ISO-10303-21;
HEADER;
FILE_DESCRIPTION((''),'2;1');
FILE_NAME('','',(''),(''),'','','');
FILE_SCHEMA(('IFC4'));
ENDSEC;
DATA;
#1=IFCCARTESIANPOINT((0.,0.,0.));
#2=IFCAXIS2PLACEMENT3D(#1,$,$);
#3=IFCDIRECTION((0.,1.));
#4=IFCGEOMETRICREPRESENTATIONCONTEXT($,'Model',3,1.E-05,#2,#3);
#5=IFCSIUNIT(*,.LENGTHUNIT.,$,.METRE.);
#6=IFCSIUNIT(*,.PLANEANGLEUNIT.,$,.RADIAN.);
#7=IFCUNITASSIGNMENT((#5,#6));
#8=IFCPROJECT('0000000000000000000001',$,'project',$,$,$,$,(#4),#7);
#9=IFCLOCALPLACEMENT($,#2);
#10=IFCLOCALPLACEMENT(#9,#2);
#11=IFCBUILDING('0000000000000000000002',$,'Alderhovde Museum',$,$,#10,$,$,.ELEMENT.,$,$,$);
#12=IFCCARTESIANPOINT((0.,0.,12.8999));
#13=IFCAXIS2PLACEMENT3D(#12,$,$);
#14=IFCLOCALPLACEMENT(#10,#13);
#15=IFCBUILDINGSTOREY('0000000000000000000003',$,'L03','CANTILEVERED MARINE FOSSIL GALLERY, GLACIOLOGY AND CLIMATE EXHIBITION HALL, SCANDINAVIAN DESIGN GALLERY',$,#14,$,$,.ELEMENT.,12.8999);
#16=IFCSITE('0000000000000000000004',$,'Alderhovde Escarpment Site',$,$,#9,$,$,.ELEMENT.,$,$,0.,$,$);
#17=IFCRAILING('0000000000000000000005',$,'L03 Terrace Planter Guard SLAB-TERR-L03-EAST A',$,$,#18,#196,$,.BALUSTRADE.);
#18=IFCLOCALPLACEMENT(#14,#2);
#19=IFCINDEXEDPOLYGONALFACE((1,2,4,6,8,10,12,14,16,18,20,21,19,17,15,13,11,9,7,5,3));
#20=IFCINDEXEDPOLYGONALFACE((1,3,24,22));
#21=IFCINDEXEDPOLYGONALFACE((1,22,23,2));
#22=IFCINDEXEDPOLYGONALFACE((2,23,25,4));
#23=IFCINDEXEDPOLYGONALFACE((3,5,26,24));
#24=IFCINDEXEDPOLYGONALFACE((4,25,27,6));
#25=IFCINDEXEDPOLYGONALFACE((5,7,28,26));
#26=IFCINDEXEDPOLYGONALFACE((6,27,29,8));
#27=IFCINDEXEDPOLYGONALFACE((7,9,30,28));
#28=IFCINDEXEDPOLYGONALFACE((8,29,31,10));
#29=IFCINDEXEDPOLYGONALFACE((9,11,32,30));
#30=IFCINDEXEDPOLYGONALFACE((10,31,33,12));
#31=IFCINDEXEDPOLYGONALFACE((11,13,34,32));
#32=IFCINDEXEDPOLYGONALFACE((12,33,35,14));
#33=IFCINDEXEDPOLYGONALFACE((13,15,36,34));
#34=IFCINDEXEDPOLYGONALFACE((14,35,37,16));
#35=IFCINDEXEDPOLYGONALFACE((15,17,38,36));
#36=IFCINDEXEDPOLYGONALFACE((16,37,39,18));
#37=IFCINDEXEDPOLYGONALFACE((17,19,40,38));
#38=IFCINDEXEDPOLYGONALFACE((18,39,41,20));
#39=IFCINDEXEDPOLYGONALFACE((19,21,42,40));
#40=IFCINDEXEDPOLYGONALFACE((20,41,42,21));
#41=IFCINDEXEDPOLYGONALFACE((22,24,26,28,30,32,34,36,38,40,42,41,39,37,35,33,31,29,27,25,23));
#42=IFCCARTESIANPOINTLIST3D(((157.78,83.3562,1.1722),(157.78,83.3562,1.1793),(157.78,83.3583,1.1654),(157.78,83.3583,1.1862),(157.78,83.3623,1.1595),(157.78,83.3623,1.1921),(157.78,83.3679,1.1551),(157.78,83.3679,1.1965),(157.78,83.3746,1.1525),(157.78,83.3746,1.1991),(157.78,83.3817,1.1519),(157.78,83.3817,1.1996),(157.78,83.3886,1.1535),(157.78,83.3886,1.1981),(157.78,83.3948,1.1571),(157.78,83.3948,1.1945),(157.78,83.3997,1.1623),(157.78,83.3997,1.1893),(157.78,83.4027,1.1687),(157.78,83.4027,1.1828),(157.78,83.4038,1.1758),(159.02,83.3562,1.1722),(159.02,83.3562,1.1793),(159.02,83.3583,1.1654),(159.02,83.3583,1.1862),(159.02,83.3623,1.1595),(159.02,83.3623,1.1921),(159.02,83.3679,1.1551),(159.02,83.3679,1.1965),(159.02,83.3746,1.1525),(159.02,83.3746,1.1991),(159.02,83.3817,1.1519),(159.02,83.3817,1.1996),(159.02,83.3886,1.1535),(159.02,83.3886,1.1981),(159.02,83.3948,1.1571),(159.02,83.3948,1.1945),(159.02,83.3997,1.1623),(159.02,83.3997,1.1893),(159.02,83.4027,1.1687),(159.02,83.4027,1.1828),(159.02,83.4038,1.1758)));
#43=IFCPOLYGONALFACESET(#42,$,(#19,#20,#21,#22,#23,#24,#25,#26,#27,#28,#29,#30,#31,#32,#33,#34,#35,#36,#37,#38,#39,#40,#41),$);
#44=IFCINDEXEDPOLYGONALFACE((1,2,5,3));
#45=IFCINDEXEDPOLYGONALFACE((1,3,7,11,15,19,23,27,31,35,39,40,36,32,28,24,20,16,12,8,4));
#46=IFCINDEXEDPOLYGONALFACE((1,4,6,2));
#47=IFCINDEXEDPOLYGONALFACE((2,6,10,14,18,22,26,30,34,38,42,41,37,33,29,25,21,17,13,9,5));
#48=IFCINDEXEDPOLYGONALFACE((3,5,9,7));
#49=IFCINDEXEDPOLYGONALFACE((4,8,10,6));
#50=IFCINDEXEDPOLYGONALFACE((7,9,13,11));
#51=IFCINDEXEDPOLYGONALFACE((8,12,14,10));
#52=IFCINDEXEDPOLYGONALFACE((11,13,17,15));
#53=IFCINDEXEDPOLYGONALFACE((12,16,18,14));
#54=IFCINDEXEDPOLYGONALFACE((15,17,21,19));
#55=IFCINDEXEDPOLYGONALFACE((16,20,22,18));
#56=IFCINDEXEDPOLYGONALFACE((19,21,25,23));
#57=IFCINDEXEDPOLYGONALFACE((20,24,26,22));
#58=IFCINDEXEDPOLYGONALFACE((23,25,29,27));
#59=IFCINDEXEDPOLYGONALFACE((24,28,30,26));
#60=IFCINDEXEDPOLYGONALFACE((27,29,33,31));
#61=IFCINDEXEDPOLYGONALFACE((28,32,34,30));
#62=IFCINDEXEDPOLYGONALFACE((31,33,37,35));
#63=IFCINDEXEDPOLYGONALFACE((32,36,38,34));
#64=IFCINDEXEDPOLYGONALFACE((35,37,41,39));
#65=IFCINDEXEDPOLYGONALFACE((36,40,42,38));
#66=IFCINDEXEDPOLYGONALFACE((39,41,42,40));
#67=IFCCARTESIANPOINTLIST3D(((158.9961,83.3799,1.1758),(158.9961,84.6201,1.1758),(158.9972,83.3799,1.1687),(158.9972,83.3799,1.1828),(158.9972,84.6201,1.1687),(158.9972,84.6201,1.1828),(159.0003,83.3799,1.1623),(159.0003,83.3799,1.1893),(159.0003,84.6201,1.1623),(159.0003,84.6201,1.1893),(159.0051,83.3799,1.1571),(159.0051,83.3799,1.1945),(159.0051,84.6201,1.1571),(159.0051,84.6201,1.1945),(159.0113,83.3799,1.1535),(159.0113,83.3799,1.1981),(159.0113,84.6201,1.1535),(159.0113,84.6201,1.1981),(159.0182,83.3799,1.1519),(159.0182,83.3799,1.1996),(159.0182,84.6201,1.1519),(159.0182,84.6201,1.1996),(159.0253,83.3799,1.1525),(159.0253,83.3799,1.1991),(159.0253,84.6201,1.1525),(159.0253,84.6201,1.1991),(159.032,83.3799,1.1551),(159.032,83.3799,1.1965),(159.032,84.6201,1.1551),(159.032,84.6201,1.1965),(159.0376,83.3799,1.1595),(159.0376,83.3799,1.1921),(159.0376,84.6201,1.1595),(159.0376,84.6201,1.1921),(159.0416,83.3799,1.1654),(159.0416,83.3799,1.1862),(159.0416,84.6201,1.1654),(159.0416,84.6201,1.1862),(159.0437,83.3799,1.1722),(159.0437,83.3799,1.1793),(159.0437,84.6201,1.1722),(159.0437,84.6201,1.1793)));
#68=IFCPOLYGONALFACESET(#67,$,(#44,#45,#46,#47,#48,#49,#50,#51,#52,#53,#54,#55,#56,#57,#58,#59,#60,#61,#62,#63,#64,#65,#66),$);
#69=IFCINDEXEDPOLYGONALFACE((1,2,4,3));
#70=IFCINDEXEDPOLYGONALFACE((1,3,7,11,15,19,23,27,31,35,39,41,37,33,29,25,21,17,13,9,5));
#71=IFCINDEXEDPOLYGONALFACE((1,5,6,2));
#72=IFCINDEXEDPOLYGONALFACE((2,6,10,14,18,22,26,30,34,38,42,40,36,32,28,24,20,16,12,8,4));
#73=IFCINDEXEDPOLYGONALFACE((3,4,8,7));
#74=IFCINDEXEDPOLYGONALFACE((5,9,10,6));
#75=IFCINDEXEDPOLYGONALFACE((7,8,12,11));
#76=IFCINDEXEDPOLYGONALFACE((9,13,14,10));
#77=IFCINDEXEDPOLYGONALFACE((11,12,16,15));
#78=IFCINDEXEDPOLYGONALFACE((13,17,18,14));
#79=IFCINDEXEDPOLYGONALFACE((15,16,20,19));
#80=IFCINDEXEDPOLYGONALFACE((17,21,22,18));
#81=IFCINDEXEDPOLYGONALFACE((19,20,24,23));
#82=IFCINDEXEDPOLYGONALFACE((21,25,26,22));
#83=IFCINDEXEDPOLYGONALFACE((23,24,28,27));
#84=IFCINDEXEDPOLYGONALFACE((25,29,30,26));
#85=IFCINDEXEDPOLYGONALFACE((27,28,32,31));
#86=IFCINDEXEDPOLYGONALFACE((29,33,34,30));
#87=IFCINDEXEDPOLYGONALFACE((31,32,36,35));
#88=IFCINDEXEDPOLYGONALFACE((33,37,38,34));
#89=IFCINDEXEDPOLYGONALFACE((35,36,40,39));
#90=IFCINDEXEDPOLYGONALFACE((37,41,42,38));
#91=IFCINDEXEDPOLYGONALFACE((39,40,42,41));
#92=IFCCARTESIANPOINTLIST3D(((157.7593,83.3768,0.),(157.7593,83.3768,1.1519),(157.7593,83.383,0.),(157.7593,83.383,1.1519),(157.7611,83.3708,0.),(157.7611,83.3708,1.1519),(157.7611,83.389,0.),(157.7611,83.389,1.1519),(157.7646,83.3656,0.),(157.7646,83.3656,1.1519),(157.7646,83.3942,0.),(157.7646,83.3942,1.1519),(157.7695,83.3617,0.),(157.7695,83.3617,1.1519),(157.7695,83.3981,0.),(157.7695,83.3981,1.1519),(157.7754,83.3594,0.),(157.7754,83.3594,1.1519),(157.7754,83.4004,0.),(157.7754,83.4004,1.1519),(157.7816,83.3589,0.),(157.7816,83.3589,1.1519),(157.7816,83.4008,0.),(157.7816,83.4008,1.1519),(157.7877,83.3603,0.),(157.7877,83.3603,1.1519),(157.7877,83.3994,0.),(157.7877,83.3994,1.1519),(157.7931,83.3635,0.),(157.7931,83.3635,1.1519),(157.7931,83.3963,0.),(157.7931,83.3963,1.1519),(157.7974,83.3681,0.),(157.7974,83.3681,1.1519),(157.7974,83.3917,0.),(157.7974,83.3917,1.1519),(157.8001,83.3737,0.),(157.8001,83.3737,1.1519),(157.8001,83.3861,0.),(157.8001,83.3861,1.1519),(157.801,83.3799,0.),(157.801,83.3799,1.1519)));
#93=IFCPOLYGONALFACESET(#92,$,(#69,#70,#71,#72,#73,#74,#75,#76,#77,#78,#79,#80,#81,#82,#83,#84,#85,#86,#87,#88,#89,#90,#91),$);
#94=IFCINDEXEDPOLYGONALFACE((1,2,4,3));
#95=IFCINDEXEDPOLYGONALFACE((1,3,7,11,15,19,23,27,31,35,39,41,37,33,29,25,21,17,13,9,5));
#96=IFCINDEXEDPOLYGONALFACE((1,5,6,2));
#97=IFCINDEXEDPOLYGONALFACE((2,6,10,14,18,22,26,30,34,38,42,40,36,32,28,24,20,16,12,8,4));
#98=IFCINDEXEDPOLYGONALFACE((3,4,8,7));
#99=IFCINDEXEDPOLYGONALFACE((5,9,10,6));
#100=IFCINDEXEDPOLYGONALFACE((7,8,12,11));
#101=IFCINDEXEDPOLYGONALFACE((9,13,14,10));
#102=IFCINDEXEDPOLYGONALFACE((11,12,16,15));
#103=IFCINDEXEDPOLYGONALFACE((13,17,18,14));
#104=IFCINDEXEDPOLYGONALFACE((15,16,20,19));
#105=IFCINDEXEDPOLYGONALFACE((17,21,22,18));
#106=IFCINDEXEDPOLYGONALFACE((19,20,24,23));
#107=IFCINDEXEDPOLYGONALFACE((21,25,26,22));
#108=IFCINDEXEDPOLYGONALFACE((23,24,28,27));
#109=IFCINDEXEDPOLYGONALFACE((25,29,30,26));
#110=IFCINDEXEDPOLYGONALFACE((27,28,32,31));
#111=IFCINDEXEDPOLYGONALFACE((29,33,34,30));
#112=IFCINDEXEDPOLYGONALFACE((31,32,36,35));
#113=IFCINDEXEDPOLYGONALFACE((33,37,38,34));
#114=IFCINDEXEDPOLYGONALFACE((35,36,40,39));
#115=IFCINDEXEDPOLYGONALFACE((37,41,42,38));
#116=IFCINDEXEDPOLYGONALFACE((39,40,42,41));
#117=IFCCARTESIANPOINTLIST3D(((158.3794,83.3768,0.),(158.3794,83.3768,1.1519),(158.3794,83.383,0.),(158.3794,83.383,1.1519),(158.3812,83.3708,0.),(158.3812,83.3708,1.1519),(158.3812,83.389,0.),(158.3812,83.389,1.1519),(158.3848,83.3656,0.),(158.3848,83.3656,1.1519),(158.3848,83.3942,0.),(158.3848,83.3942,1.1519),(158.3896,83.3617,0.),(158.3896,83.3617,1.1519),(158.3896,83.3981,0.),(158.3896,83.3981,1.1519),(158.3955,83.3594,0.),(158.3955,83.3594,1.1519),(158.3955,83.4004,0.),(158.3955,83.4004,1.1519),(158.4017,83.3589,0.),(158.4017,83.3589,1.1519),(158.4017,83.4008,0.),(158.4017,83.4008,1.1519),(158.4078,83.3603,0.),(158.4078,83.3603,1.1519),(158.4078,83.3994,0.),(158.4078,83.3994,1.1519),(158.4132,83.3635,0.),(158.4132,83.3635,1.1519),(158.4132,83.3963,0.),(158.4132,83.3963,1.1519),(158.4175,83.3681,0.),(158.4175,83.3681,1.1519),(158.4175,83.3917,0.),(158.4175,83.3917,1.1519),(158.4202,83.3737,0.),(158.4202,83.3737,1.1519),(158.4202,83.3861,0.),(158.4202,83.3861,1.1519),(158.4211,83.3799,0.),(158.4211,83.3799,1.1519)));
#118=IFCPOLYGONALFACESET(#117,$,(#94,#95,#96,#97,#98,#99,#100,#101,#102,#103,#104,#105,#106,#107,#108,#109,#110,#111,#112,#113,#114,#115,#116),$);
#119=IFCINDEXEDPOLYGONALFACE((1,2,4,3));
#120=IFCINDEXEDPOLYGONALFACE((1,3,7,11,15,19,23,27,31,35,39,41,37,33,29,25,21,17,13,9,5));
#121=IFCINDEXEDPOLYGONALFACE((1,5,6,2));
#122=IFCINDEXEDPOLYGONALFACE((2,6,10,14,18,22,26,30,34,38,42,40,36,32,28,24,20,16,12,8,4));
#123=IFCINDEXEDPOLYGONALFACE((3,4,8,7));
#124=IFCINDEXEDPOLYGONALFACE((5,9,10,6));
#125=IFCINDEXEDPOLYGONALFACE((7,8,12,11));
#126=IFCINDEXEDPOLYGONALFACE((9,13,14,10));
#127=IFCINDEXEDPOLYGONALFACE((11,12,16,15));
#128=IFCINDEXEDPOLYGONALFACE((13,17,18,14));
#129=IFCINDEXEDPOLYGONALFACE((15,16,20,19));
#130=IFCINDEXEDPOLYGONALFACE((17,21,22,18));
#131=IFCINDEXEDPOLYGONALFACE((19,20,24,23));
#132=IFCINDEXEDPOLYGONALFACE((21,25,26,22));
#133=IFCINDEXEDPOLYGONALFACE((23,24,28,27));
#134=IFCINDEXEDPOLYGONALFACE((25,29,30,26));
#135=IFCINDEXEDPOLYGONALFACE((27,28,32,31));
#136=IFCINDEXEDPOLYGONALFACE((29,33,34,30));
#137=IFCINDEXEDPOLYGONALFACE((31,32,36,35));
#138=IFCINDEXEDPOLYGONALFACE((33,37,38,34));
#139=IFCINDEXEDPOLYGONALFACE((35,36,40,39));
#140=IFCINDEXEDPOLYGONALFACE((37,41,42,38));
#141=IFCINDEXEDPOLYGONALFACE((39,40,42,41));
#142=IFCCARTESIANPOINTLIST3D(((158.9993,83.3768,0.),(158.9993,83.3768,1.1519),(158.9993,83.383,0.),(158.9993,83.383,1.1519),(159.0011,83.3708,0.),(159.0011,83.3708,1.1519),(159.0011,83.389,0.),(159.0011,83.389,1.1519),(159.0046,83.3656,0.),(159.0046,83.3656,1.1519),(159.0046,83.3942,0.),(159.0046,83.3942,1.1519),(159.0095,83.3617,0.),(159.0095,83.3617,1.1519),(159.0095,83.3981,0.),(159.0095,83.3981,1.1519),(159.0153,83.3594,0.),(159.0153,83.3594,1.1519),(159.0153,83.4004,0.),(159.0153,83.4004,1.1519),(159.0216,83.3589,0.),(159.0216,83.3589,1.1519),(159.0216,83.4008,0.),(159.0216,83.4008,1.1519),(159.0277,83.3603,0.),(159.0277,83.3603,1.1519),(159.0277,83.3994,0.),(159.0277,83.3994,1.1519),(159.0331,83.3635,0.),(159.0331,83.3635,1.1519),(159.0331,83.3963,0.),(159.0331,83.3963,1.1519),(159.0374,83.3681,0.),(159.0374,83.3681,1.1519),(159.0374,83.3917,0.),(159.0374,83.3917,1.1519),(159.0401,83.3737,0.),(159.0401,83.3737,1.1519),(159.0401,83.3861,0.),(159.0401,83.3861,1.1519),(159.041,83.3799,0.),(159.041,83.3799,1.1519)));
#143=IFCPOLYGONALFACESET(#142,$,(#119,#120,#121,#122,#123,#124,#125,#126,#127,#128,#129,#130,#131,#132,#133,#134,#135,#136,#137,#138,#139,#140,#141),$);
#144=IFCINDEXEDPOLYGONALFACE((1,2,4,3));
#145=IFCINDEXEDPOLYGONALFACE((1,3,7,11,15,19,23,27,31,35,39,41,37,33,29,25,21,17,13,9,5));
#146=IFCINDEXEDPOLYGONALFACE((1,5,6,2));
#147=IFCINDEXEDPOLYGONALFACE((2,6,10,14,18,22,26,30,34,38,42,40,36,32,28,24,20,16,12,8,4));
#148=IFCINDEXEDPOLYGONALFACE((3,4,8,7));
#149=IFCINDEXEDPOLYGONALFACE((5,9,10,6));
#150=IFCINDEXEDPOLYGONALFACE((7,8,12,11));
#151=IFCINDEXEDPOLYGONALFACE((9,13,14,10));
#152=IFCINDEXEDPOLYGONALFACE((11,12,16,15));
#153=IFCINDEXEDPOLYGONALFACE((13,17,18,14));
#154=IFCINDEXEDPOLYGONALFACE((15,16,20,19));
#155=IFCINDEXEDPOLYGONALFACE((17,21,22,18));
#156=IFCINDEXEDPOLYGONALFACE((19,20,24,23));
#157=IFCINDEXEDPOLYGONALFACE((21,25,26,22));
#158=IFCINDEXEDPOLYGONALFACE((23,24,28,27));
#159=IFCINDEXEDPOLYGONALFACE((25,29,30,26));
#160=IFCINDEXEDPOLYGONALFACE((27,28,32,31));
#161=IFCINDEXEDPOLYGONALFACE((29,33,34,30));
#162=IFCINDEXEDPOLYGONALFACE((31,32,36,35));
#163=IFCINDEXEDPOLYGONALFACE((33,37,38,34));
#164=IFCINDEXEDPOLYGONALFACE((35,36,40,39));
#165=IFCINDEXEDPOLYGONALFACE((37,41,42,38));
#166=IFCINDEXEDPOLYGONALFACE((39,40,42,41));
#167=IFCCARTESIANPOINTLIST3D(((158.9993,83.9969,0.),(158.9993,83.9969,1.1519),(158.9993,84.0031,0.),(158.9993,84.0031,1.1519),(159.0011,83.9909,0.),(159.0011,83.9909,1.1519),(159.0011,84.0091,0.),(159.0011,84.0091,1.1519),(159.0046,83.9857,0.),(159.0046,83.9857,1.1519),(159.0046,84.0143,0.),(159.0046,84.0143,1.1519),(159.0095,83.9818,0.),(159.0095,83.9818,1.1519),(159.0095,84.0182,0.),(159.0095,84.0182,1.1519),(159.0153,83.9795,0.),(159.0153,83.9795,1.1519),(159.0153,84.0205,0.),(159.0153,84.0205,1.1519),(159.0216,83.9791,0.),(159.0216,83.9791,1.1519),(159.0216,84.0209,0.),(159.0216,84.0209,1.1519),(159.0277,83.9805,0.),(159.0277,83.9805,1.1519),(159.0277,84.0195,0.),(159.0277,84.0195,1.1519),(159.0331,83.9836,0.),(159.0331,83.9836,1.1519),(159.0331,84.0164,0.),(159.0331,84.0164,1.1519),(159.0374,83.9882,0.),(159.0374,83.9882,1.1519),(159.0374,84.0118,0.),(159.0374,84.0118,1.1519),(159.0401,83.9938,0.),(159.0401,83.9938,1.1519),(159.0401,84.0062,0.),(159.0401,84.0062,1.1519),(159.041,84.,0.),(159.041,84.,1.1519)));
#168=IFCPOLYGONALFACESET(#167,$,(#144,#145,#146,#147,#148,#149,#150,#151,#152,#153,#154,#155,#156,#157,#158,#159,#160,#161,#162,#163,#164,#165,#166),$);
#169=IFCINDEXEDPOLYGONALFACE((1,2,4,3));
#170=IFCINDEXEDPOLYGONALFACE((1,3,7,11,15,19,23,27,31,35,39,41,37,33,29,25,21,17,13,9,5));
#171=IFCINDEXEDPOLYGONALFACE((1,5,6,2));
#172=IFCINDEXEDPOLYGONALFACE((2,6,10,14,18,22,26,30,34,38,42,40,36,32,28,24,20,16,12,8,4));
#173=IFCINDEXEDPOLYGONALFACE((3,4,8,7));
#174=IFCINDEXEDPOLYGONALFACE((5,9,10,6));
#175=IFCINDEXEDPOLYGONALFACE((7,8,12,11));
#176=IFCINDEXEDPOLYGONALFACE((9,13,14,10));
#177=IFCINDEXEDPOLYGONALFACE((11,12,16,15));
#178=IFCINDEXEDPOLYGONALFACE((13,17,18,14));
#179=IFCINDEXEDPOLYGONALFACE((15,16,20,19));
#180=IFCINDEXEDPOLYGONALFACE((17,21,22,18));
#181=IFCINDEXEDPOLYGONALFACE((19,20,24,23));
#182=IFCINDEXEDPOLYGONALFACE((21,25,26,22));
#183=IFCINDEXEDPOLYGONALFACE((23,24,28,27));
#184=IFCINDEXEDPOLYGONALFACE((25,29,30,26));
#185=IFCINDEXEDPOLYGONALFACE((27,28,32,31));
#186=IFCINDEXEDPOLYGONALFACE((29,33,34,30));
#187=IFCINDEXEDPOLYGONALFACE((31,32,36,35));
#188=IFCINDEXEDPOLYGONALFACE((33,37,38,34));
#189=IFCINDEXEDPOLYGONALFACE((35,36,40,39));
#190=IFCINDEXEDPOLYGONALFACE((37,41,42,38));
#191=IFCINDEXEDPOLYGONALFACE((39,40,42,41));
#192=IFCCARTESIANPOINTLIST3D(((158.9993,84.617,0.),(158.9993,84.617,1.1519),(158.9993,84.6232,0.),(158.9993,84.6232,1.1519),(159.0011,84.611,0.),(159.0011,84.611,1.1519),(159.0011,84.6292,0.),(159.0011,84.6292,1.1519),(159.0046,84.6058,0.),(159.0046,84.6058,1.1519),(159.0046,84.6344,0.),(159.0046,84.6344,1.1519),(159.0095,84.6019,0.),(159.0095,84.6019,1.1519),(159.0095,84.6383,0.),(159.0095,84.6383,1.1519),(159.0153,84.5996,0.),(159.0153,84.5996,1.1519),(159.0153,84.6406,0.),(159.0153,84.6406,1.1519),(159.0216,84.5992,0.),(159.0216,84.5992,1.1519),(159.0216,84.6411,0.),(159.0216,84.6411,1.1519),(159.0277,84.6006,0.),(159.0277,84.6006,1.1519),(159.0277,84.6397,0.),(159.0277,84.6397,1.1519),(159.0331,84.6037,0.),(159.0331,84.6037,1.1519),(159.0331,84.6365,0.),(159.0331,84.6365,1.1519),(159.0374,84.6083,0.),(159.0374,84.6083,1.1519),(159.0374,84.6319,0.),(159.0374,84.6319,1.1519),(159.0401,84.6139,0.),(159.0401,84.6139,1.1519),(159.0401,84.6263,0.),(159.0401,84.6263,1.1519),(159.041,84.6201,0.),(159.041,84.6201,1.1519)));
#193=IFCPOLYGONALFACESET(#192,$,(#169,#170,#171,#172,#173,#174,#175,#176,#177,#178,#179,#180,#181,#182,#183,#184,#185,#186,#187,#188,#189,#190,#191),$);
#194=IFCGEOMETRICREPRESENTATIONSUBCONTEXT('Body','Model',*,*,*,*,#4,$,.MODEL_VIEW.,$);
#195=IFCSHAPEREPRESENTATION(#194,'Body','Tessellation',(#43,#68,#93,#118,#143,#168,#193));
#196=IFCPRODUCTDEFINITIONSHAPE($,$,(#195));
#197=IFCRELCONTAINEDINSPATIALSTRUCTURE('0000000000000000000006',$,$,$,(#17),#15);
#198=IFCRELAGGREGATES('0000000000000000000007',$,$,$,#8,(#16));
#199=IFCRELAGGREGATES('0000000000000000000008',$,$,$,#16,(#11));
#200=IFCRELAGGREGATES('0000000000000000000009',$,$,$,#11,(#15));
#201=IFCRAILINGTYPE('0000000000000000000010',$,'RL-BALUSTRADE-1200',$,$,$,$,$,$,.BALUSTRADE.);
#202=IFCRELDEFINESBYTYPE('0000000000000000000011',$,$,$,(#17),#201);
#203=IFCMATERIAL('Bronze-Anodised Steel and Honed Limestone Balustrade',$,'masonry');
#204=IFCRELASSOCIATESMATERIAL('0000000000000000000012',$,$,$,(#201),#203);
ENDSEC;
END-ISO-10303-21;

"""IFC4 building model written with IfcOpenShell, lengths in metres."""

from ifc_helpers import new_model, si_unit, direction, frame, origin, origin_2d, place, context, subcontext, project, spatial, circle, extrude, material, type_object, element, save


model = new_model("IFC4")

# Units and contexts
model_context = context("Model", 3, precision=1e-05, world=origin(), true_north=direction((0.0, 1.0)))
body_context = subcontext(model_context, "Body", "Model", "MODEL_VIEW")
ifc_project = project(units=[si_unit("LENGTHUNIT", "METRE"), si_unit("PLANEANGLEUNIT", "RADIAN")], contexts=[model_context])

# Site, building, storey
site_placement = place(None, origin())
site = spatial("IfcSite", under=ifc_project, at=site_placement, Name="Alderhovde Escarpment Site", CompositionType="ELEMENT", RefElevation=0.0)
building_placement = place(site_placement, origin())
building = spatial("IfcBuilding", under=site, at=building_placement, Name="Alderhovde Museum", CompositionType="ELEMENT")
storey_placement = place(building_placement, frame((0.0, 0.0, 12.8999)))
storey = spatial("IfcBuildingStorey", under=building, at=storey_placement, Name="L03", Description="CANTILEVERED MARINE FOSSIL GALLERY, GLACIOLOGY AND CLIMATE EXHIBITION HALL, SCANDINAVIAN DESIGN GALLERY", CompositionType="ELEMENT", Elevation=12.8999)

# Railing
ifc_material_1 = material(Name="Bronze-Anodised Steel and Honed Limestone Balustrade", Category="masonry")
railing_type = type_object("IfcRailingType", Name="RL-BALUSTRADE-1200", PredefinedType="BALUSTRADE", material=ifc_material_1)
railing_1_placement = place(storey_placement, frame((157.78, 83.3799, 0.0)))
element("IfcRailing", 1, at=railing_1_placement, inside=storey, type_object=railing_type, Name="L03 Terrace Planter Guard SLAB-TERR-L03-EAST A", PredefinedType="BALUSTRADE", context=body_context, shape_type="SweptSolid", body=[
    extrude(circle(Radius=0.0239, at=origin_2d()), frame((0.0, 0.0, 1.1758), z_axis=(1.0, 0.0, 0.0), x_axis=(0.0, 1.0, 0.0)), (0.0, 0.0, 1.0), 1.24),
    extrude(circle(Radius=0.0239, at=origin_2d()), frame((1.24, 0.0, 1.1758), z_axis=(0.0, 1.0, 0.0), x_axis=(-1.0, 0.0, 0.0)), (0.0, 0.0, 1.0), 1.2402),
    extrude(circle(Radius=0.021, at=origin_2d()), origin(), (0.0, 0.0, 1.0), 1.1519),
    extrude(circle(Radius=0.021, at=origin_2d()), frame((0.6201, 0.0, 0.0)), (0.0, 0.0, 1.0), 1.1519),
    extrude(circle(Radius=0.021, at=origin_2d()), frame((1.24, 0.0, 0.0)), (0.0, 0.0, 1.0), 1.1519),
    extrude(circle(Radius=0.021, at=origin_2d()), frame((1.24, 0.6201, 0.0)), (0.0, 0.0, 1.0), 1.1519),
    extrude(circle(Radius=0.021, at=origin_2d()), frame((1.24, 1.2402, 0.0)), (0.0, 0.0, 1.0), 1.1519),
])

save(model, "model.ifc")
